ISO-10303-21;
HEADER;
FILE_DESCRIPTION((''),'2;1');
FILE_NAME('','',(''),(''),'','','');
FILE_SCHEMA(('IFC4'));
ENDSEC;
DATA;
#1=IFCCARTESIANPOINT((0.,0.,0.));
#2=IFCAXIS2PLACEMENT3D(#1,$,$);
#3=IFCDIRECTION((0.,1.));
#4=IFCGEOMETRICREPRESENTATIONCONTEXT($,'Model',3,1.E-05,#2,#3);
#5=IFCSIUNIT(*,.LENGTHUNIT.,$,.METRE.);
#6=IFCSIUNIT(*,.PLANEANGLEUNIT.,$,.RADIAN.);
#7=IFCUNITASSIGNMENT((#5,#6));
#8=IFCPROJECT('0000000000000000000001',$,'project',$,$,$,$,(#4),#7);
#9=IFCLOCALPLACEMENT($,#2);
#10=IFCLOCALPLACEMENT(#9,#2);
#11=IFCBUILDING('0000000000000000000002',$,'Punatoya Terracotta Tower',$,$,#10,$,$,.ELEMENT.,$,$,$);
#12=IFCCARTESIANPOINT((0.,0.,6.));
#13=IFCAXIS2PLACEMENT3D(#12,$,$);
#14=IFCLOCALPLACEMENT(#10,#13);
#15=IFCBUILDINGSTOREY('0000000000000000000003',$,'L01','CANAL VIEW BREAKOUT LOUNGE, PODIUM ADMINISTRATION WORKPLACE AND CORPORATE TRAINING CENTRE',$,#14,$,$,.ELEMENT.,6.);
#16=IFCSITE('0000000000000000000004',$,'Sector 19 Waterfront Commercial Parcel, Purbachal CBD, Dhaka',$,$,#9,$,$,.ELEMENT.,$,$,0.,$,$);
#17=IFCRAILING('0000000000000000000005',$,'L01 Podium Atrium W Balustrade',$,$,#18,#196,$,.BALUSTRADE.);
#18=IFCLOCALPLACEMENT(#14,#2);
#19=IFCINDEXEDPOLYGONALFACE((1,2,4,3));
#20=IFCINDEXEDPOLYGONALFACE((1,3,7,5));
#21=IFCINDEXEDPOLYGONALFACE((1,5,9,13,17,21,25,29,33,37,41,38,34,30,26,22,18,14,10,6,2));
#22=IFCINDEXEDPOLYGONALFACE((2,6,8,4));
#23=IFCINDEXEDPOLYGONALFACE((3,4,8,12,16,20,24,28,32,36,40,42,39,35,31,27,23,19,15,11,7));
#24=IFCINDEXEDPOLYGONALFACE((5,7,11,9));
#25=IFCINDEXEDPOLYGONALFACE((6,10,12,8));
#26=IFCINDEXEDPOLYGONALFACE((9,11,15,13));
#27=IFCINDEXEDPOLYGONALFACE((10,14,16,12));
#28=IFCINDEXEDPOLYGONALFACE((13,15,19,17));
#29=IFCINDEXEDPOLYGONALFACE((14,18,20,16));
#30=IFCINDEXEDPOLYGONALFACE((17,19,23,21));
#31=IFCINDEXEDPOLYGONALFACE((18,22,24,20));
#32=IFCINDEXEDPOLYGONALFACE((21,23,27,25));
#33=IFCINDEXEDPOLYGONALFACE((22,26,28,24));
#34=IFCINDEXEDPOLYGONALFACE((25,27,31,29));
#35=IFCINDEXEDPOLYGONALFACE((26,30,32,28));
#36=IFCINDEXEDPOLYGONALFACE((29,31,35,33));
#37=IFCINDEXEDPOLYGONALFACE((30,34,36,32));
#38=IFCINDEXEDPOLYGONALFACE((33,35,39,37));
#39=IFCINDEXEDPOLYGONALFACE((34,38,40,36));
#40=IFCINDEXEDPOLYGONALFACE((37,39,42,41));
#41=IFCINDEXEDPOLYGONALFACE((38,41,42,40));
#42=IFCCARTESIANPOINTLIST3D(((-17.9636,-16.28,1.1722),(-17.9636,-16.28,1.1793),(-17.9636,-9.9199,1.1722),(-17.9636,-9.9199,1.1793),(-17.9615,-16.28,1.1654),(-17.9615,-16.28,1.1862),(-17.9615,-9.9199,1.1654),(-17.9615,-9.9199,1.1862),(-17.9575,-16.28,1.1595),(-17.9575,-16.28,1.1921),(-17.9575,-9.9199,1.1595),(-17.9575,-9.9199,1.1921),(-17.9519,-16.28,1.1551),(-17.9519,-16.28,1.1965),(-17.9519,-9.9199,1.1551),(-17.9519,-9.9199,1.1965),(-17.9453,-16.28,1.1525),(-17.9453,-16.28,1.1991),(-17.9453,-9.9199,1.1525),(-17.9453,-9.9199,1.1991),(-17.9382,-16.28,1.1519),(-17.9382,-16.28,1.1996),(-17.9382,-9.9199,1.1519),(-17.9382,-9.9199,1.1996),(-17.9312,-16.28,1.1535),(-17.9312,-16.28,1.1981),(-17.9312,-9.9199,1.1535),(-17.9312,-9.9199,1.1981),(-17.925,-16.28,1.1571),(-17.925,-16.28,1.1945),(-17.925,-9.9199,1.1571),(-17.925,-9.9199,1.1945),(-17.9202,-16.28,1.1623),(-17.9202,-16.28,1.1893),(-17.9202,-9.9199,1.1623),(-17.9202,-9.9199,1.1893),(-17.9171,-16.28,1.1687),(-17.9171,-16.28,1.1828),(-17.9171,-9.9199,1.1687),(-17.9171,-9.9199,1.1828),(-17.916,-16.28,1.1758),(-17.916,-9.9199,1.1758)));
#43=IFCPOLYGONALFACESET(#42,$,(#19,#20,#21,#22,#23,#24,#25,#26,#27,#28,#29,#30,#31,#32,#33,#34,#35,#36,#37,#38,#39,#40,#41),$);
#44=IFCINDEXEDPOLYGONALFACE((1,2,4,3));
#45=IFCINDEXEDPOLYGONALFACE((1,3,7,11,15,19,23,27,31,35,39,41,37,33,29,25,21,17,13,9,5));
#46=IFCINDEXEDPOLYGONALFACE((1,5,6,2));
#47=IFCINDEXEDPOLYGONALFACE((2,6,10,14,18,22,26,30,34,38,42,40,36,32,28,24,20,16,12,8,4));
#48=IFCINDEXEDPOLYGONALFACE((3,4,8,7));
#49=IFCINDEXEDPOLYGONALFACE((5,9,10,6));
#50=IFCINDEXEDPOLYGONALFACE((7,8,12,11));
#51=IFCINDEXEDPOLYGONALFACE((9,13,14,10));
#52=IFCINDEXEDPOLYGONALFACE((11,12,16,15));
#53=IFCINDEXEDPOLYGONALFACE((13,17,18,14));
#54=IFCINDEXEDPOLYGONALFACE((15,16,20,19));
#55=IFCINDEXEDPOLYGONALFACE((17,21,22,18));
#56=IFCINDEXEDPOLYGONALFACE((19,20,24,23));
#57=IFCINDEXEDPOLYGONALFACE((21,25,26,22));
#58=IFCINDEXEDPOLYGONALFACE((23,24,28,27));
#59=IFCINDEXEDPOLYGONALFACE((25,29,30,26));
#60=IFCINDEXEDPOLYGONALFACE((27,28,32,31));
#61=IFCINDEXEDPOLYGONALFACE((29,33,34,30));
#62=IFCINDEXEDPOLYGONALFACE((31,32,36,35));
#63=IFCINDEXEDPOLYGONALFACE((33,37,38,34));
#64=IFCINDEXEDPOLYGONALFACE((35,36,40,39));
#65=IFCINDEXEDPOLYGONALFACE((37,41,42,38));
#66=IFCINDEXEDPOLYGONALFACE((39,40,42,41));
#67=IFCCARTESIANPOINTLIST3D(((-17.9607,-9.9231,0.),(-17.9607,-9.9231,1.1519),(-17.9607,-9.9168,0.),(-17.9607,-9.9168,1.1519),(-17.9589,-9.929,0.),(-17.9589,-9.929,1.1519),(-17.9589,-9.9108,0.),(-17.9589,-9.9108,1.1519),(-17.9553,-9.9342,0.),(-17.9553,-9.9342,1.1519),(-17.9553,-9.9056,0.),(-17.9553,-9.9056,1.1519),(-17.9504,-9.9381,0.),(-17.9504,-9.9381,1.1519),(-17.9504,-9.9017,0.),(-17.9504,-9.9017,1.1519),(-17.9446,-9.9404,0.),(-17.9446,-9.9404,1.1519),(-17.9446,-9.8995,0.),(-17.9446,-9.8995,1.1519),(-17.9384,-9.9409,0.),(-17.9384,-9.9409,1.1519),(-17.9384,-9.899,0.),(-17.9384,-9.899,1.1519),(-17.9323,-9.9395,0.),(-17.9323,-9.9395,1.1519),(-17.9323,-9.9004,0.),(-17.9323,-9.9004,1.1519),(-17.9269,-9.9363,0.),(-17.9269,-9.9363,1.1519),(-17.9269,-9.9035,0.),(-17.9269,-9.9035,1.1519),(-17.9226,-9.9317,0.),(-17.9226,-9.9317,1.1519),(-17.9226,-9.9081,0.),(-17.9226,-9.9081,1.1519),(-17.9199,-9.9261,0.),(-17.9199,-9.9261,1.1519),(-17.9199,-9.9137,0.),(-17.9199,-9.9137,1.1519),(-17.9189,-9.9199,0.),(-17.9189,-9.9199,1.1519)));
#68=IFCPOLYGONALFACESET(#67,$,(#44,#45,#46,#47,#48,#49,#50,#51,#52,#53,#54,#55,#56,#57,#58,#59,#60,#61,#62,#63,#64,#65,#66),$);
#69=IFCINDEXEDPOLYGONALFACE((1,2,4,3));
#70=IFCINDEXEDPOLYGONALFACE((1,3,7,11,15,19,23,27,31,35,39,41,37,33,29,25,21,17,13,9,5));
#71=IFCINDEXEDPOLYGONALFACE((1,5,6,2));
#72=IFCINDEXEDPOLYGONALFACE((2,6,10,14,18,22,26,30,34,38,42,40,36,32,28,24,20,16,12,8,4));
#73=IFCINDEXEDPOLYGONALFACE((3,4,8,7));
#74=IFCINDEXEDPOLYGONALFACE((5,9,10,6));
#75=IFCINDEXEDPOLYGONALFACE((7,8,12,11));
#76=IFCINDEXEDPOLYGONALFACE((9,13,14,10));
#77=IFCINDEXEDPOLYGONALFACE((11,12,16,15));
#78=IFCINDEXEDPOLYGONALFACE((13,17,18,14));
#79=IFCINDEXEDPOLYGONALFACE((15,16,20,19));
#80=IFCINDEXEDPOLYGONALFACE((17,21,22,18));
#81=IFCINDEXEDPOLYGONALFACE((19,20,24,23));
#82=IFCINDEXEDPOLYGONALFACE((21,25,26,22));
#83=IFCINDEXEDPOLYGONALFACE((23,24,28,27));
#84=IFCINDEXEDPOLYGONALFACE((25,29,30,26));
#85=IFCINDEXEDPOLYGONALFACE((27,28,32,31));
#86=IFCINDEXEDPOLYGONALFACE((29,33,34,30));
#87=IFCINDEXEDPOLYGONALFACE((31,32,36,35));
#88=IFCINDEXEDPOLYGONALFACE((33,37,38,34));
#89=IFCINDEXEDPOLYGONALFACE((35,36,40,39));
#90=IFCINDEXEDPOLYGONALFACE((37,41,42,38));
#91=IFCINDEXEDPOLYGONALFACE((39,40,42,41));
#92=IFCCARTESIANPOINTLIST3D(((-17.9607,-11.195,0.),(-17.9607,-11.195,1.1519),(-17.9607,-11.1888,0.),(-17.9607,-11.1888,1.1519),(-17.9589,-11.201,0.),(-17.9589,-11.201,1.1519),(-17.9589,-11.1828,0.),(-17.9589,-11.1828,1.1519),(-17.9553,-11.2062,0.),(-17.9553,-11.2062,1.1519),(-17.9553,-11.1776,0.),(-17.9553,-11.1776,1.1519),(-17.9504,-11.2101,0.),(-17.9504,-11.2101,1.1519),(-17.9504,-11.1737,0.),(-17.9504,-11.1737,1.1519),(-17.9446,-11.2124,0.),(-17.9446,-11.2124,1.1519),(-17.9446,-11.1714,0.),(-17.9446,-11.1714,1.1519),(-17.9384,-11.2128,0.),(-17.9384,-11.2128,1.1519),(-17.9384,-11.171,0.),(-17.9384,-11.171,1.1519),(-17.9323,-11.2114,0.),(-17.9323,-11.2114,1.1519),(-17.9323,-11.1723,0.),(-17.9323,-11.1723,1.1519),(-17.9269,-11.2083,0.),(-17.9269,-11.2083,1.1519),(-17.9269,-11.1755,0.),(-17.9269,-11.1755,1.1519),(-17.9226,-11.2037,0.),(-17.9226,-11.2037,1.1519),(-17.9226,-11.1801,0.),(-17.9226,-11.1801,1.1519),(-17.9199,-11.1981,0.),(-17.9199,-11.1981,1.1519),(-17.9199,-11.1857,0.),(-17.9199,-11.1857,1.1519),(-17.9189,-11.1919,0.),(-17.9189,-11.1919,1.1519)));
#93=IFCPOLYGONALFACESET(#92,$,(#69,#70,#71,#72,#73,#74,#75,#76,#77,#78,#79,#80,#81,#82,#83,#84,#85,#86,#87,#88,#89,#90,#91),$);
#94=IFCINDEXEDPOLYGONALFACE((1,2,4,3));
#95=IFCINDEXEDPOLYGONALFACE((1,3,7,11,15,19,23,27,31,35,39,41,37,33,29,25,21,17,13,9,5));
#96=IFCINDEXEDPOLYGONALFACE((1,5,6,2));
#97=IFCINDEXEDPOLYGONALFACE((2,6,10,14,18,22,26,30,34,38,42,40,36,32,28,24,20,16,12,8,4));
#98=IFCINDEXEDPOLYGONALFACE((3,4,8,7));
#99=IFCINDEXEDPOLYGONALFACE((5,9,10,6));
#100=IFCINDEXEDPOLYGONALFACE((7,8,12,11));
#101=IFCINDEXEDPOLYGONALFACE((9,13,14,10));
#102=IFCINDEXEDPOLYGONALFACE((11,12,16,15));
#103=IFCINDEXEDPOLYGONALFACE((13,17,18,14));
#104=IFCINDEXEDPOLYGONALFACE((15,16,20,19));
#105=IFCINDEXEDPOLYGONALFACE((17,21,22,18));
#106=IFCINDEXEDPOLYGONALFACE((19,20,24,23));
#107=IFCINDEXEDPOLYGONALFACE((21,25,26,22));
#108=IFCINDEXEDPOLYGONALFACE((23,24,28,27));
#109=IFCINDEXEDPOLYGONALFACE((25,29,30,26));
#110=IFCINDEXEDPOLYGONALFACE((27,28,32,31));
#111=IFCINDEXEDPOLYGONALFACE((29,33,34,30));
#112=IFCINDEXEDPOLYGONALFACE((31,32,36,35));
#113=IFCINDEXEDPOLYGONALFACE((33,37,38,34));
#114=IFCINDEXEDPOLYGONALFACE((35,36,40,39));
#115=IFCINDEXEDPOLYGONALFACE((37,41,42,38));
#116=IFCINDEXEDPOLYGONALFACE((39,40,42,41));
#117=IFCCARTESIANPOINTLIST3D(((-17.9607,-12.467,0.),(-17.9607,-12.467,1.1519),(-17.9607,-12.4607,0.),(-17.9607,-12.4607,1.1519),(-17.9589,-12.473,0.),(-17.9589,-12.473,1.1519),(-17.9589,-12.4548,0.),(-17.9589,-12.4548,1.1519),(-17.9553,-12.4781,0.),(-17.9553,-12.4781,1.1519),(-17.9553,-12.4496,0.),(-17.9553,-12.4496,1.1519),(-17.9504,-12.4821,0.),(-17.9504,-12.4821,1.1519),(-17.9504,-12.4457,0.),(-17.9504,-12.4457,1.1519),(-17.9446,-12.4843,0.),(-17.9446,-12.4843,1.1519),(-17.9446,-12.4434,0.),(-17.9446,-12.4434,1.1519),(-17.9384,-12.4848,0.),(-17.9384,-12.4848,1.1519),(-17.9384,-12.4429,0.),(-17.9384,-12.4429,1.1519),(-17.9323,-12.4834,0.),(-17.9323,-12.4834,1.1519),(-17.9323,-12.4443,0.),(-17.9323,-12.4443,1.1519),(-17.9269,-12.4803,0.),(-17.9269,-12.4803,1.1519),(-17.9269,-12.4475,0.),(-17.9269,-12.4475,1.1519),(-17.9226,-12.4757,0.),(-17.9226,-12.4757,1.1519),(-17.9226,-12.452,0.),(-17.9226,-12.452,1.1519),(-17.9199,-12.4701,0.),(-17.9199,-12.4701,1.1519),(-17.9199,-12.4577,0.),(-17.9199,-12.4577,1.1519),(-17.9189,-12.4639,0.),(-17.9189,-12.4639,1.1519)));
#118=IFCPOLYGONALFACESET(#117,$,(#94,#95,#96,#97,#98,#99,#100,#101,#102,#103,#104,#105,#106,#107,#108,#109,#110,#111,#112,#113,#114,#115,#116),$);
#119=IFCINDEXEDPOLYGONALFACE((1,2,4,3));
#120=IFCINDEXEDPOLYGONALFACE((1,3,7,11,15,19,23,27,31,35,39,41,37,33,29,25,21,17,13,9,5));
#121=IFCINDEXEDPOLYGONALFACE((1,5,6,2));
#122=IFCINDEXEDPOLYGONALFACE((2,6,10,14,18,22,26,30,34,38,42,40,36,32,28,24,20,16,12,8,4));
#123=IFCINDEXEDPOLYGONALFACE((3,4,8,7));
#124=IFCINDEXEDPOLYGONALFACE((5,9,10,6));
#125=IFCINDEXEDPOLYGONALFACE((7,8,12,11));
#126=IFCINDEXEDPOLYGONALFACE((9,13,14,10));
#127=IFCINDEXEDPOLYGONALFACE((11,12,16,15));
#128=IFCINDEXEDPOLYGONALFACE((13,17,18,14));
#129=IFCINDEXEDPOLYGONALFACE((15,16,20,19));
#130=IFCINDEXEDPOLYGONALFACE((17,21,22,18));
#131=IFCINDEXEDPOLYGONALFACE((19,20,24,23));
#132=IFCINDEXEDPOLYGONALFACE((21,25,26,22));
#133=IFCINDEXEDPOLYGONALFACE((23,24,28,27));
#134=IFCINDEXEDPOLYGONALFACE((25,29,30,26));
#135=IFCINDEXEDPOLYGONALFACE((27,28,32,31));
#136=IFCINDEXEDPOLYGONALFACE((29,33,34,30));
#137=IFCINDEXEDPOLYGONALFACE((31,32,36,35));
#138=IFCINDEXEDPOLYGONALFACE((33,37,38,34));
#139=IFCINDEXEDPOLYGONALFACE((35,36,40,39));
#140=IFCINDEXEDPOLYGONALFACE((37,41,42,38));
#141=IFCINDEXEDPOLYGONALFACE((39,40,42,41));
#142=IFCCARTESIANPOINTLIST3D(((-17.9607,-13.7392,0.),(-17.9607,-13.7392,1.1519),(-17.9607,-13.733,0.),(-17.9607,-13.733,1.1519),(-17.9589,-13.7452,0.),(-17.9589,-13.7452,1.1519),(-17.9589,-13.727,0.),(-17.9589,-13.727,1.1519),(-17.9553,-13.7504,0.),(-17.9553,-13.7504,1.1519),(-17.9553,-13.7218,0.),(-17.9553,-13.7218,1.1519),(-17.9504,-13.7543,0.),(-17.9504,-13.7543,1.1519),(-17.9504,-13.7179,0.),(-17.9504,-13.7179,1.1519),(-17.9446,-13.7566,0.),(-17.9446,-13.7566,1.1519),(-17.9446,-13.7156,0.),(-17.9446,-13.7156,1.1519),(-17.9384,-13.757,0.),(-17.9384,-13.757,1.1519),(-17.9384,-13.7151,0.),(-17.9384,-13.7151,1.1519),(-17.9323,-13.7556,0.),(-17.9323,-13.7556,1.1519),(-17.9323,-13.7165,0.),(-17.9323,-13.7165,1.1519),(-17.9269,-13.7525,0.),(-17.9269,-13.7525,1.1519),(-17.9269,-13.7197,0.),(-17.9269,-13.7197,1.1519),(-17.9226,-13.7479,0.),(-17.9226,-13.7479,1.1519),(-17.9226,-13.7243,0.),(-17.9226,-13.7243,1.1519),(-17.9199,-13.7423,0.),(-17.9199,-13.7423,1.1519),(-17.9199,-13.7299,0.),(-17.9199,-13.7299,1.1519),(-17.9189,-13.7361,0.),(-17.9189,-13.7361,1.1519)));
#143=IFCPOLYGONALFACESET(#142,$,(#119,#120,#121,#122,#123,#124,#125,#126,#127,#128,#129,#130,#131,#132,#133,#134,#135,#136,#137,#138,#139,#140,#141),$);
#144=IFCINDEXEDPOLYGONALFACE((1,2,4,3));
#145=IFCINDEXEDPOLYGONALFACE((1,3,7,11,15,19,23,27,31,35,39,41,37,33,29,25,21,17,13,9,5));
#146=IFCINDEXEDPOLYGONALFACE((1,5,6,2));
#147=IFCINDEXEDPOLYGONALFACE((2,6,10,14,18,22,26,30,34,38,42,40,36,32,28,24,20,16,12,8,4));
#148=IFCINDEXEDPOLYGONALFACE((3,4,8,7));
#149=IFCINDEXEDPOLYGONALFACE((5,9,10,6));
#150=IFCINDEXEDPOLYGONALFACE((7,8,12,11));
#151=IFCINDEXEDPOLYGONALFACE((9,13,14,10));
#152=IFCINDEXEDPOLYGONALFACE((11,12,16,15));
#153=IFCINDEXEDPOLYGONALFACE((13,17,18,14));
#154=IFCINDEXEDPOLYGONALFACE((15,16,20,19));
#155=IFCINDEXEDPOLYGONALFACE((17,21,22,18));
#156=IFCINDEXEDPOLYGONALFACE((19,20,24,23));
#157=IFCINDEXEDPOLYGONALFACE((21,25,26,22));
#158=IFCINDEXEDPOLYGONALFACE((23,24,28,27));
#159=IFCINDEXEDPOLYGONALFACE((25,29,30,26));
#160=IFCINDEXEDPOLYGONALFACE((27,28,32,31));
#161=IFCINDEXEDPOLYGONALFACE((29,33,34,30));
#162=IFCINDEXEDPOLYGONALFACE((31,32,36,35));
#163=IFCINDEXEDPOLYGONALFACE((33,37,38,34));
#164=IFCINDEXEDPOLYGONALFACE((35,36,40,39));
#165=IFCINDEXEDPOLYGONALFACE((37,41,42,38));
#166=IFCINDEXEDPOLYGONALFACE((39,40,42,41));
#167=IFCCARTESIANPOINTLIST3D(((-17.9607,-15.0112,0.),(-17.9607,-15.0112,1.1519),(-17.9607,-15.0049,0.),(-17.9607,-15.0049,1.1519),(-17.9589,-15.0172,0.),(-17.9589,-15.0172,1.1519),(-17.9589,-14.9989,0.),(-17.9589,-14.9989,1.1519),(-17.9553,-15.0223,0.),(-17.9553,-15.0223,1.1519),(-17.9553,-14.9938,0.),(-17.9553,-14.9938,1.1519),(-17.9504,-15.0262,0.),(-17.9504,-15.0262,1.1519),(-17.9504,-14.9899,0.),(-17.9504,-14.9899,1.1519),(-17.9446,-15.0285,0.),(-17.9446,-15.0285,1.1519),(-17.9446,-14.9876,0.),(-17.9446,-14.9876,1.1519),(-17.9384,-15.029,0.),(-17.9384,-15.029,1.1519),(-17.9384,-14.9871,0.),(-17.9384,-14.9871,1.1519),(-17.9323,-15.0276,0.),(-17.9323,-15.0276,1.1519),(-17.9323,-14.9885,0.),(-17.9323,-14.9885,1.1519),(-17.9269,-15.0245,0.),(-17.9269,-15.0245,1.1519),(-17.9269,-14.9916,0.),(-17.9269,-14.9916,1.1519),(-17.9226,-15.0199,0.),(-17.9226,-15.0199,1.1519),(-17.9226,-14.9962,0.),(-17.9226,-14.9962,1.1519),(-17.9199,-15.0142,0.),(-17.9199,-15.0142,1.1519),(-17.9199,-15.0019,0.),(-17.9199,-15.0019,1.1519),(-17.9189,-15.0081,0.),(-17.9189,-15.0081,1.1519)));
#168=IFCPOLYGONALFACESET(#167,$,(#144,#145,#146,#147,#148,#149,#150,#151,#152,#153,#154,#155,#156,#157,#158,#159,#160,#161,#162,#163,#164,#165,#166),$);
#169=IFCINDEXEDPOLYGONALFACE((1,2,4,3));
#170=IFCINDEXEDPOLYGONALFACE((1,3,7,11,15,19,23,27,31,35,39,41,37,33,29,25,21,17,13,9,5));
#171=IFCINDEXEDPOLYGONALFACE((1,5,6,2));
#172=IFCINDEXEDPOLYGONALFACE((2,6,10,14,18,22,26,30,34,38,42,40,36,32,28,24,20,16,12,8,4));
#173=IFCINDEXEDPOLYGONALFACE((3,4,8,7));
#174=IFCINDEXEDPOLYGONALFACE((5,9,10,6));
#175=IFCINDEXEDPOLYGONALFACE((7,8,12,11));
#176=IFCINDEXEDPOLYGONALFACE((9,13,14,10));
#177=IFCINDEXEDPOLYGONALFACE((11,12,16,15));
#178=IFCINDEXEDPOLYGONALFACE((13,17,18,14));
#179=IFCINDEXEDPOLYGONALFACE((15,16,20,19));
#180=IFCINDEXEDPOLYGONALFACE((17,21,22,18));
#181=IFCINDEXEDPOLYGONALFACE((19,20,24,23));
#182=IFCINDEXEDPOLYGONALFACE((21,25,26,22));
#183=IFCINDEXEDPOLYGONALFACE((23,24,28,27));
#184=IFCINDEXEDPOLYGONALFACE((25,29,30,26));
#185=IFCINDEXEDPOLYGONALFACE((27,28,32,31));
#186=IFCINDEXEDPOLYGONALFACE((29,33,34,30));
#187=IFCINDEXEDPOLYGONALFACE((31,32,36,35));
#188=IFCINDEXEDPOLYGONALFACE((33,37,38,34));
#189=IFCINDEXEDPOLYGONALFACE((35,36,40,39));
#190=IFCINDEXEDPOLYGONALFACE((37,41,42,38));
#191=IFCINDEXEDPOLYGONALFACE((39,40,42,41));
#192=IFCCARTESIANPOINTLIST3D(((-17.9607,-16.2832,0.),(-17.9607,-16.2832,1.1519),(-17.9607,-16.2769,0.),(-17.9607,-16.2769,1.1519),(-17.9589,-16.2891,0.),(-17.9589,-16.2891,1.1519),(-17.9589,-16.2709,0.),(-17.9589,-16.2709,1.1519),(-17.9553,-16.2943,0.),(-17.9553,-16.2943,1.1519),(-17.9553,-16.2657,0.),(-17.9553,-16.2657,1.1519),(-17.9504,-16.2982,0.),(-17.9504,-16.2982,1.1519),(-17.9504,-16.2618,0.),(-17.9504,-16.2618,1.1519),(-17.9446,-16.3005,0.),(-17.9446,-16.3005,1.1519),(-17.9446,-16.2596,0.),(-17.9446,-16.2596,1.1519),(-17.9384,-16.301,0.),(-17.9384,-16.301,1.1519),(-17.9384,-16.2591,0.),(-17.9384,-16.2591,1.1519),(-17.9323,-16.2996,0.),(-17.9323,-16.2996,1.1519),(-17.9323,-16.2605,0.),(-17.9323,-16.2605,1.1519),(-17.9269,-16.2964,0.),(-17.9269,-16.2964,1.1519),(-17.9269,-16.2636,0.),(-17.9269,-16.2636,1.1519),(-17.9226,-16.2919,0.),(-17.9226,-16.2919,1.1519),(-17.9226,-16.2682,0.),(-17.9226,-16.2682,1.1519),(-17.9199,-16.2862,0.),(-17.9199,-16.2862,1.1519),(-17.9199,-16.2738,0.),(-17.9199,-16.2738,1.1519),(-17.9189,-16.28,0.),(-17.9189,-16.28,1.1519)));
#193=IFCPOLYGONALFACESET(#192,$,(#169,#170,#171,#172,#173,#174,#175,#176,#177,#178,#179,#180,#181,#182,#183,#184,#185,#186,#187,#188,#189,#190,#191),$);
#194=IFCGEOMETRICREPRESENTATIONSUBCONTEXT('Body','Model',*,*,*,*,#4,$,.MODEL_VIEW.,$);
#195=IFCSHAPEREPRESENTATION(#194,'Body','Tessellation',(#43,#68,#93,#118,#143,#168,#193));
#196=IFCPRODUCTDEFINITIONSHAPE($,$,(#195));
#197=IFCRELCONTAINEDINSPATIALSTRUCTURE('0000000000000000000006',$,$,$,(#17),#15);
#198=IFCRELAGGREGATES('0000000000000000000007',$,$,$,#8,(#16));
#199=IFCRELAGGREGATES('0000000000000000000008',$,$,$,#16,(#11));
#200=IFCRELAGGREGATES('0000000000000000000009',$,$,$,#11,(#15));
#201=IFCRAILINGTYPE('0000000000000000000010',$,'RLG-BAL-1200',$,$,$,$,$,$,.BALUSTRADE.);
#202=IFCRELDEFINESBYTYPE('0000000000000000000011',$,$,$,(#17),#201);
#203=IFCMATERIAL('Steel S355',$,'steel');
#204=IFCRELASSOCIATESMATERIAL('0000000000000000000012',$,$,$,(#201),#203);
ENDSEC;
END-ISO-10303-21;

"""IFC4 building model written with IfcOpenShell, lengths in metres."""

from ifc_helpers import new_model, si_unit, direction, frame, origin, origin_2d, place, context, subcontext, project, spatial, circle, extrude, material, type_object, element, save


model = new_model("IFC4")

# Units and contexts
model_context = context("Model", 3, precision=1e-05, world=origin(), true_north=direction((0.0, 1.0)))
body_context = subcontext(model_context, "Body", "Model", "MODEL_VIEW")
ifc_project = project(units=[si_unit("LENGTHUNIT", "METRE"), si_unit("PLANEANGLEUNIT", "RADIAN")], contexts=[model_context])

# Site, building, storey
site_placement = place(None, origin())
site = spatial("IfcSite", under=ifc_project, at=site_placement, Name="Sector 19 Waterfront Commercial Parcel, Purbachal CBD, Dhaka", CompositionType="ELEMENT", RefElevation=0.0)
building_placement = place(site_placement, origin())
building = spatial("IfcBuilding", under=site, at=building_placement, Name="Punatoya Terracotta Tower", CompositionType="ELEMENT")
storey_placement = place(building_placement, frame((0.0, 0.0, 6.0)))
storey = spatial("IfcBuildingStorey", under=building, at=storey_placement, Name="L01", Description="CANAL VIEW BREAKOUT LOUNGE, PODIUM ADMINISTRATION WORKPLACE AND CORPORATE TRAINING CENTRE", CompositionType="ELEMENT", Elevation=6.0)

# Shared definitions
ifc_material_1 = material(Name="Steel S355", Category="steel")

# Railing
railing_type_1 = type_object("IfcRailingType", Name="RLG-BAL-1200", PredefinedType="BALUSTRADE", material=ifc_material_1)
railing_1_placement = place(storey_placement, frame((-17.9399, -9.9199, 0.0)))
element("IfcRailing", 1, at=railing_1_placement, inside=storey, type_object=railing_type_1, Name="L01 Podium Atrium W Balustrade", PredefinedType="BALUSTRADE", context=body_context, shape_type="SweptSolid", body=[
    extrude(circle(Radius=0.0239, at=origin_2d()), frame((0.0, 0.0, 1.1758), z_axis=(0.0, -1.0, 0.0), x_axis=(1.0, 0.0, 0.0)), (0.0, 0.0, 1.0), 6.3601),
    extrude(circle(Radius=0.021, at=origin_2d()), origin(), (0.0, 0.0, 1.0), 1.1519),
    extrude(circle(Radius=0.021, at=origin_2d()), frame((0.0, -1.272, 0.0)), (0.0, 0.0, 1.0), 1.1519),
    extrude(circle(Radius=0.021, at=origin_2d()), frame((0.0, -2.5439, 0.0)), (0.0, 0.0, 1.0), 1.1519),
    extrude(circle(Radius=0.021, at=origin_2d()), frame((0.0, -3.8162, 0.0)), (0.0, 0.0, 1.0), 1.1519),
    extrude(circle(Radius=0.021, at=origin_2d()), frame((0.0, -5.0881, 0.0)), (0.0, 0.0, 1.0), 1.1519),
    extrude(circle(Radius=0.021, at=origin_2d()), frame((0.0, -6.3601, 0.0)), (0.0, 0.0, 1.0), 1.1519),
])

save(model, "model.ifc")
